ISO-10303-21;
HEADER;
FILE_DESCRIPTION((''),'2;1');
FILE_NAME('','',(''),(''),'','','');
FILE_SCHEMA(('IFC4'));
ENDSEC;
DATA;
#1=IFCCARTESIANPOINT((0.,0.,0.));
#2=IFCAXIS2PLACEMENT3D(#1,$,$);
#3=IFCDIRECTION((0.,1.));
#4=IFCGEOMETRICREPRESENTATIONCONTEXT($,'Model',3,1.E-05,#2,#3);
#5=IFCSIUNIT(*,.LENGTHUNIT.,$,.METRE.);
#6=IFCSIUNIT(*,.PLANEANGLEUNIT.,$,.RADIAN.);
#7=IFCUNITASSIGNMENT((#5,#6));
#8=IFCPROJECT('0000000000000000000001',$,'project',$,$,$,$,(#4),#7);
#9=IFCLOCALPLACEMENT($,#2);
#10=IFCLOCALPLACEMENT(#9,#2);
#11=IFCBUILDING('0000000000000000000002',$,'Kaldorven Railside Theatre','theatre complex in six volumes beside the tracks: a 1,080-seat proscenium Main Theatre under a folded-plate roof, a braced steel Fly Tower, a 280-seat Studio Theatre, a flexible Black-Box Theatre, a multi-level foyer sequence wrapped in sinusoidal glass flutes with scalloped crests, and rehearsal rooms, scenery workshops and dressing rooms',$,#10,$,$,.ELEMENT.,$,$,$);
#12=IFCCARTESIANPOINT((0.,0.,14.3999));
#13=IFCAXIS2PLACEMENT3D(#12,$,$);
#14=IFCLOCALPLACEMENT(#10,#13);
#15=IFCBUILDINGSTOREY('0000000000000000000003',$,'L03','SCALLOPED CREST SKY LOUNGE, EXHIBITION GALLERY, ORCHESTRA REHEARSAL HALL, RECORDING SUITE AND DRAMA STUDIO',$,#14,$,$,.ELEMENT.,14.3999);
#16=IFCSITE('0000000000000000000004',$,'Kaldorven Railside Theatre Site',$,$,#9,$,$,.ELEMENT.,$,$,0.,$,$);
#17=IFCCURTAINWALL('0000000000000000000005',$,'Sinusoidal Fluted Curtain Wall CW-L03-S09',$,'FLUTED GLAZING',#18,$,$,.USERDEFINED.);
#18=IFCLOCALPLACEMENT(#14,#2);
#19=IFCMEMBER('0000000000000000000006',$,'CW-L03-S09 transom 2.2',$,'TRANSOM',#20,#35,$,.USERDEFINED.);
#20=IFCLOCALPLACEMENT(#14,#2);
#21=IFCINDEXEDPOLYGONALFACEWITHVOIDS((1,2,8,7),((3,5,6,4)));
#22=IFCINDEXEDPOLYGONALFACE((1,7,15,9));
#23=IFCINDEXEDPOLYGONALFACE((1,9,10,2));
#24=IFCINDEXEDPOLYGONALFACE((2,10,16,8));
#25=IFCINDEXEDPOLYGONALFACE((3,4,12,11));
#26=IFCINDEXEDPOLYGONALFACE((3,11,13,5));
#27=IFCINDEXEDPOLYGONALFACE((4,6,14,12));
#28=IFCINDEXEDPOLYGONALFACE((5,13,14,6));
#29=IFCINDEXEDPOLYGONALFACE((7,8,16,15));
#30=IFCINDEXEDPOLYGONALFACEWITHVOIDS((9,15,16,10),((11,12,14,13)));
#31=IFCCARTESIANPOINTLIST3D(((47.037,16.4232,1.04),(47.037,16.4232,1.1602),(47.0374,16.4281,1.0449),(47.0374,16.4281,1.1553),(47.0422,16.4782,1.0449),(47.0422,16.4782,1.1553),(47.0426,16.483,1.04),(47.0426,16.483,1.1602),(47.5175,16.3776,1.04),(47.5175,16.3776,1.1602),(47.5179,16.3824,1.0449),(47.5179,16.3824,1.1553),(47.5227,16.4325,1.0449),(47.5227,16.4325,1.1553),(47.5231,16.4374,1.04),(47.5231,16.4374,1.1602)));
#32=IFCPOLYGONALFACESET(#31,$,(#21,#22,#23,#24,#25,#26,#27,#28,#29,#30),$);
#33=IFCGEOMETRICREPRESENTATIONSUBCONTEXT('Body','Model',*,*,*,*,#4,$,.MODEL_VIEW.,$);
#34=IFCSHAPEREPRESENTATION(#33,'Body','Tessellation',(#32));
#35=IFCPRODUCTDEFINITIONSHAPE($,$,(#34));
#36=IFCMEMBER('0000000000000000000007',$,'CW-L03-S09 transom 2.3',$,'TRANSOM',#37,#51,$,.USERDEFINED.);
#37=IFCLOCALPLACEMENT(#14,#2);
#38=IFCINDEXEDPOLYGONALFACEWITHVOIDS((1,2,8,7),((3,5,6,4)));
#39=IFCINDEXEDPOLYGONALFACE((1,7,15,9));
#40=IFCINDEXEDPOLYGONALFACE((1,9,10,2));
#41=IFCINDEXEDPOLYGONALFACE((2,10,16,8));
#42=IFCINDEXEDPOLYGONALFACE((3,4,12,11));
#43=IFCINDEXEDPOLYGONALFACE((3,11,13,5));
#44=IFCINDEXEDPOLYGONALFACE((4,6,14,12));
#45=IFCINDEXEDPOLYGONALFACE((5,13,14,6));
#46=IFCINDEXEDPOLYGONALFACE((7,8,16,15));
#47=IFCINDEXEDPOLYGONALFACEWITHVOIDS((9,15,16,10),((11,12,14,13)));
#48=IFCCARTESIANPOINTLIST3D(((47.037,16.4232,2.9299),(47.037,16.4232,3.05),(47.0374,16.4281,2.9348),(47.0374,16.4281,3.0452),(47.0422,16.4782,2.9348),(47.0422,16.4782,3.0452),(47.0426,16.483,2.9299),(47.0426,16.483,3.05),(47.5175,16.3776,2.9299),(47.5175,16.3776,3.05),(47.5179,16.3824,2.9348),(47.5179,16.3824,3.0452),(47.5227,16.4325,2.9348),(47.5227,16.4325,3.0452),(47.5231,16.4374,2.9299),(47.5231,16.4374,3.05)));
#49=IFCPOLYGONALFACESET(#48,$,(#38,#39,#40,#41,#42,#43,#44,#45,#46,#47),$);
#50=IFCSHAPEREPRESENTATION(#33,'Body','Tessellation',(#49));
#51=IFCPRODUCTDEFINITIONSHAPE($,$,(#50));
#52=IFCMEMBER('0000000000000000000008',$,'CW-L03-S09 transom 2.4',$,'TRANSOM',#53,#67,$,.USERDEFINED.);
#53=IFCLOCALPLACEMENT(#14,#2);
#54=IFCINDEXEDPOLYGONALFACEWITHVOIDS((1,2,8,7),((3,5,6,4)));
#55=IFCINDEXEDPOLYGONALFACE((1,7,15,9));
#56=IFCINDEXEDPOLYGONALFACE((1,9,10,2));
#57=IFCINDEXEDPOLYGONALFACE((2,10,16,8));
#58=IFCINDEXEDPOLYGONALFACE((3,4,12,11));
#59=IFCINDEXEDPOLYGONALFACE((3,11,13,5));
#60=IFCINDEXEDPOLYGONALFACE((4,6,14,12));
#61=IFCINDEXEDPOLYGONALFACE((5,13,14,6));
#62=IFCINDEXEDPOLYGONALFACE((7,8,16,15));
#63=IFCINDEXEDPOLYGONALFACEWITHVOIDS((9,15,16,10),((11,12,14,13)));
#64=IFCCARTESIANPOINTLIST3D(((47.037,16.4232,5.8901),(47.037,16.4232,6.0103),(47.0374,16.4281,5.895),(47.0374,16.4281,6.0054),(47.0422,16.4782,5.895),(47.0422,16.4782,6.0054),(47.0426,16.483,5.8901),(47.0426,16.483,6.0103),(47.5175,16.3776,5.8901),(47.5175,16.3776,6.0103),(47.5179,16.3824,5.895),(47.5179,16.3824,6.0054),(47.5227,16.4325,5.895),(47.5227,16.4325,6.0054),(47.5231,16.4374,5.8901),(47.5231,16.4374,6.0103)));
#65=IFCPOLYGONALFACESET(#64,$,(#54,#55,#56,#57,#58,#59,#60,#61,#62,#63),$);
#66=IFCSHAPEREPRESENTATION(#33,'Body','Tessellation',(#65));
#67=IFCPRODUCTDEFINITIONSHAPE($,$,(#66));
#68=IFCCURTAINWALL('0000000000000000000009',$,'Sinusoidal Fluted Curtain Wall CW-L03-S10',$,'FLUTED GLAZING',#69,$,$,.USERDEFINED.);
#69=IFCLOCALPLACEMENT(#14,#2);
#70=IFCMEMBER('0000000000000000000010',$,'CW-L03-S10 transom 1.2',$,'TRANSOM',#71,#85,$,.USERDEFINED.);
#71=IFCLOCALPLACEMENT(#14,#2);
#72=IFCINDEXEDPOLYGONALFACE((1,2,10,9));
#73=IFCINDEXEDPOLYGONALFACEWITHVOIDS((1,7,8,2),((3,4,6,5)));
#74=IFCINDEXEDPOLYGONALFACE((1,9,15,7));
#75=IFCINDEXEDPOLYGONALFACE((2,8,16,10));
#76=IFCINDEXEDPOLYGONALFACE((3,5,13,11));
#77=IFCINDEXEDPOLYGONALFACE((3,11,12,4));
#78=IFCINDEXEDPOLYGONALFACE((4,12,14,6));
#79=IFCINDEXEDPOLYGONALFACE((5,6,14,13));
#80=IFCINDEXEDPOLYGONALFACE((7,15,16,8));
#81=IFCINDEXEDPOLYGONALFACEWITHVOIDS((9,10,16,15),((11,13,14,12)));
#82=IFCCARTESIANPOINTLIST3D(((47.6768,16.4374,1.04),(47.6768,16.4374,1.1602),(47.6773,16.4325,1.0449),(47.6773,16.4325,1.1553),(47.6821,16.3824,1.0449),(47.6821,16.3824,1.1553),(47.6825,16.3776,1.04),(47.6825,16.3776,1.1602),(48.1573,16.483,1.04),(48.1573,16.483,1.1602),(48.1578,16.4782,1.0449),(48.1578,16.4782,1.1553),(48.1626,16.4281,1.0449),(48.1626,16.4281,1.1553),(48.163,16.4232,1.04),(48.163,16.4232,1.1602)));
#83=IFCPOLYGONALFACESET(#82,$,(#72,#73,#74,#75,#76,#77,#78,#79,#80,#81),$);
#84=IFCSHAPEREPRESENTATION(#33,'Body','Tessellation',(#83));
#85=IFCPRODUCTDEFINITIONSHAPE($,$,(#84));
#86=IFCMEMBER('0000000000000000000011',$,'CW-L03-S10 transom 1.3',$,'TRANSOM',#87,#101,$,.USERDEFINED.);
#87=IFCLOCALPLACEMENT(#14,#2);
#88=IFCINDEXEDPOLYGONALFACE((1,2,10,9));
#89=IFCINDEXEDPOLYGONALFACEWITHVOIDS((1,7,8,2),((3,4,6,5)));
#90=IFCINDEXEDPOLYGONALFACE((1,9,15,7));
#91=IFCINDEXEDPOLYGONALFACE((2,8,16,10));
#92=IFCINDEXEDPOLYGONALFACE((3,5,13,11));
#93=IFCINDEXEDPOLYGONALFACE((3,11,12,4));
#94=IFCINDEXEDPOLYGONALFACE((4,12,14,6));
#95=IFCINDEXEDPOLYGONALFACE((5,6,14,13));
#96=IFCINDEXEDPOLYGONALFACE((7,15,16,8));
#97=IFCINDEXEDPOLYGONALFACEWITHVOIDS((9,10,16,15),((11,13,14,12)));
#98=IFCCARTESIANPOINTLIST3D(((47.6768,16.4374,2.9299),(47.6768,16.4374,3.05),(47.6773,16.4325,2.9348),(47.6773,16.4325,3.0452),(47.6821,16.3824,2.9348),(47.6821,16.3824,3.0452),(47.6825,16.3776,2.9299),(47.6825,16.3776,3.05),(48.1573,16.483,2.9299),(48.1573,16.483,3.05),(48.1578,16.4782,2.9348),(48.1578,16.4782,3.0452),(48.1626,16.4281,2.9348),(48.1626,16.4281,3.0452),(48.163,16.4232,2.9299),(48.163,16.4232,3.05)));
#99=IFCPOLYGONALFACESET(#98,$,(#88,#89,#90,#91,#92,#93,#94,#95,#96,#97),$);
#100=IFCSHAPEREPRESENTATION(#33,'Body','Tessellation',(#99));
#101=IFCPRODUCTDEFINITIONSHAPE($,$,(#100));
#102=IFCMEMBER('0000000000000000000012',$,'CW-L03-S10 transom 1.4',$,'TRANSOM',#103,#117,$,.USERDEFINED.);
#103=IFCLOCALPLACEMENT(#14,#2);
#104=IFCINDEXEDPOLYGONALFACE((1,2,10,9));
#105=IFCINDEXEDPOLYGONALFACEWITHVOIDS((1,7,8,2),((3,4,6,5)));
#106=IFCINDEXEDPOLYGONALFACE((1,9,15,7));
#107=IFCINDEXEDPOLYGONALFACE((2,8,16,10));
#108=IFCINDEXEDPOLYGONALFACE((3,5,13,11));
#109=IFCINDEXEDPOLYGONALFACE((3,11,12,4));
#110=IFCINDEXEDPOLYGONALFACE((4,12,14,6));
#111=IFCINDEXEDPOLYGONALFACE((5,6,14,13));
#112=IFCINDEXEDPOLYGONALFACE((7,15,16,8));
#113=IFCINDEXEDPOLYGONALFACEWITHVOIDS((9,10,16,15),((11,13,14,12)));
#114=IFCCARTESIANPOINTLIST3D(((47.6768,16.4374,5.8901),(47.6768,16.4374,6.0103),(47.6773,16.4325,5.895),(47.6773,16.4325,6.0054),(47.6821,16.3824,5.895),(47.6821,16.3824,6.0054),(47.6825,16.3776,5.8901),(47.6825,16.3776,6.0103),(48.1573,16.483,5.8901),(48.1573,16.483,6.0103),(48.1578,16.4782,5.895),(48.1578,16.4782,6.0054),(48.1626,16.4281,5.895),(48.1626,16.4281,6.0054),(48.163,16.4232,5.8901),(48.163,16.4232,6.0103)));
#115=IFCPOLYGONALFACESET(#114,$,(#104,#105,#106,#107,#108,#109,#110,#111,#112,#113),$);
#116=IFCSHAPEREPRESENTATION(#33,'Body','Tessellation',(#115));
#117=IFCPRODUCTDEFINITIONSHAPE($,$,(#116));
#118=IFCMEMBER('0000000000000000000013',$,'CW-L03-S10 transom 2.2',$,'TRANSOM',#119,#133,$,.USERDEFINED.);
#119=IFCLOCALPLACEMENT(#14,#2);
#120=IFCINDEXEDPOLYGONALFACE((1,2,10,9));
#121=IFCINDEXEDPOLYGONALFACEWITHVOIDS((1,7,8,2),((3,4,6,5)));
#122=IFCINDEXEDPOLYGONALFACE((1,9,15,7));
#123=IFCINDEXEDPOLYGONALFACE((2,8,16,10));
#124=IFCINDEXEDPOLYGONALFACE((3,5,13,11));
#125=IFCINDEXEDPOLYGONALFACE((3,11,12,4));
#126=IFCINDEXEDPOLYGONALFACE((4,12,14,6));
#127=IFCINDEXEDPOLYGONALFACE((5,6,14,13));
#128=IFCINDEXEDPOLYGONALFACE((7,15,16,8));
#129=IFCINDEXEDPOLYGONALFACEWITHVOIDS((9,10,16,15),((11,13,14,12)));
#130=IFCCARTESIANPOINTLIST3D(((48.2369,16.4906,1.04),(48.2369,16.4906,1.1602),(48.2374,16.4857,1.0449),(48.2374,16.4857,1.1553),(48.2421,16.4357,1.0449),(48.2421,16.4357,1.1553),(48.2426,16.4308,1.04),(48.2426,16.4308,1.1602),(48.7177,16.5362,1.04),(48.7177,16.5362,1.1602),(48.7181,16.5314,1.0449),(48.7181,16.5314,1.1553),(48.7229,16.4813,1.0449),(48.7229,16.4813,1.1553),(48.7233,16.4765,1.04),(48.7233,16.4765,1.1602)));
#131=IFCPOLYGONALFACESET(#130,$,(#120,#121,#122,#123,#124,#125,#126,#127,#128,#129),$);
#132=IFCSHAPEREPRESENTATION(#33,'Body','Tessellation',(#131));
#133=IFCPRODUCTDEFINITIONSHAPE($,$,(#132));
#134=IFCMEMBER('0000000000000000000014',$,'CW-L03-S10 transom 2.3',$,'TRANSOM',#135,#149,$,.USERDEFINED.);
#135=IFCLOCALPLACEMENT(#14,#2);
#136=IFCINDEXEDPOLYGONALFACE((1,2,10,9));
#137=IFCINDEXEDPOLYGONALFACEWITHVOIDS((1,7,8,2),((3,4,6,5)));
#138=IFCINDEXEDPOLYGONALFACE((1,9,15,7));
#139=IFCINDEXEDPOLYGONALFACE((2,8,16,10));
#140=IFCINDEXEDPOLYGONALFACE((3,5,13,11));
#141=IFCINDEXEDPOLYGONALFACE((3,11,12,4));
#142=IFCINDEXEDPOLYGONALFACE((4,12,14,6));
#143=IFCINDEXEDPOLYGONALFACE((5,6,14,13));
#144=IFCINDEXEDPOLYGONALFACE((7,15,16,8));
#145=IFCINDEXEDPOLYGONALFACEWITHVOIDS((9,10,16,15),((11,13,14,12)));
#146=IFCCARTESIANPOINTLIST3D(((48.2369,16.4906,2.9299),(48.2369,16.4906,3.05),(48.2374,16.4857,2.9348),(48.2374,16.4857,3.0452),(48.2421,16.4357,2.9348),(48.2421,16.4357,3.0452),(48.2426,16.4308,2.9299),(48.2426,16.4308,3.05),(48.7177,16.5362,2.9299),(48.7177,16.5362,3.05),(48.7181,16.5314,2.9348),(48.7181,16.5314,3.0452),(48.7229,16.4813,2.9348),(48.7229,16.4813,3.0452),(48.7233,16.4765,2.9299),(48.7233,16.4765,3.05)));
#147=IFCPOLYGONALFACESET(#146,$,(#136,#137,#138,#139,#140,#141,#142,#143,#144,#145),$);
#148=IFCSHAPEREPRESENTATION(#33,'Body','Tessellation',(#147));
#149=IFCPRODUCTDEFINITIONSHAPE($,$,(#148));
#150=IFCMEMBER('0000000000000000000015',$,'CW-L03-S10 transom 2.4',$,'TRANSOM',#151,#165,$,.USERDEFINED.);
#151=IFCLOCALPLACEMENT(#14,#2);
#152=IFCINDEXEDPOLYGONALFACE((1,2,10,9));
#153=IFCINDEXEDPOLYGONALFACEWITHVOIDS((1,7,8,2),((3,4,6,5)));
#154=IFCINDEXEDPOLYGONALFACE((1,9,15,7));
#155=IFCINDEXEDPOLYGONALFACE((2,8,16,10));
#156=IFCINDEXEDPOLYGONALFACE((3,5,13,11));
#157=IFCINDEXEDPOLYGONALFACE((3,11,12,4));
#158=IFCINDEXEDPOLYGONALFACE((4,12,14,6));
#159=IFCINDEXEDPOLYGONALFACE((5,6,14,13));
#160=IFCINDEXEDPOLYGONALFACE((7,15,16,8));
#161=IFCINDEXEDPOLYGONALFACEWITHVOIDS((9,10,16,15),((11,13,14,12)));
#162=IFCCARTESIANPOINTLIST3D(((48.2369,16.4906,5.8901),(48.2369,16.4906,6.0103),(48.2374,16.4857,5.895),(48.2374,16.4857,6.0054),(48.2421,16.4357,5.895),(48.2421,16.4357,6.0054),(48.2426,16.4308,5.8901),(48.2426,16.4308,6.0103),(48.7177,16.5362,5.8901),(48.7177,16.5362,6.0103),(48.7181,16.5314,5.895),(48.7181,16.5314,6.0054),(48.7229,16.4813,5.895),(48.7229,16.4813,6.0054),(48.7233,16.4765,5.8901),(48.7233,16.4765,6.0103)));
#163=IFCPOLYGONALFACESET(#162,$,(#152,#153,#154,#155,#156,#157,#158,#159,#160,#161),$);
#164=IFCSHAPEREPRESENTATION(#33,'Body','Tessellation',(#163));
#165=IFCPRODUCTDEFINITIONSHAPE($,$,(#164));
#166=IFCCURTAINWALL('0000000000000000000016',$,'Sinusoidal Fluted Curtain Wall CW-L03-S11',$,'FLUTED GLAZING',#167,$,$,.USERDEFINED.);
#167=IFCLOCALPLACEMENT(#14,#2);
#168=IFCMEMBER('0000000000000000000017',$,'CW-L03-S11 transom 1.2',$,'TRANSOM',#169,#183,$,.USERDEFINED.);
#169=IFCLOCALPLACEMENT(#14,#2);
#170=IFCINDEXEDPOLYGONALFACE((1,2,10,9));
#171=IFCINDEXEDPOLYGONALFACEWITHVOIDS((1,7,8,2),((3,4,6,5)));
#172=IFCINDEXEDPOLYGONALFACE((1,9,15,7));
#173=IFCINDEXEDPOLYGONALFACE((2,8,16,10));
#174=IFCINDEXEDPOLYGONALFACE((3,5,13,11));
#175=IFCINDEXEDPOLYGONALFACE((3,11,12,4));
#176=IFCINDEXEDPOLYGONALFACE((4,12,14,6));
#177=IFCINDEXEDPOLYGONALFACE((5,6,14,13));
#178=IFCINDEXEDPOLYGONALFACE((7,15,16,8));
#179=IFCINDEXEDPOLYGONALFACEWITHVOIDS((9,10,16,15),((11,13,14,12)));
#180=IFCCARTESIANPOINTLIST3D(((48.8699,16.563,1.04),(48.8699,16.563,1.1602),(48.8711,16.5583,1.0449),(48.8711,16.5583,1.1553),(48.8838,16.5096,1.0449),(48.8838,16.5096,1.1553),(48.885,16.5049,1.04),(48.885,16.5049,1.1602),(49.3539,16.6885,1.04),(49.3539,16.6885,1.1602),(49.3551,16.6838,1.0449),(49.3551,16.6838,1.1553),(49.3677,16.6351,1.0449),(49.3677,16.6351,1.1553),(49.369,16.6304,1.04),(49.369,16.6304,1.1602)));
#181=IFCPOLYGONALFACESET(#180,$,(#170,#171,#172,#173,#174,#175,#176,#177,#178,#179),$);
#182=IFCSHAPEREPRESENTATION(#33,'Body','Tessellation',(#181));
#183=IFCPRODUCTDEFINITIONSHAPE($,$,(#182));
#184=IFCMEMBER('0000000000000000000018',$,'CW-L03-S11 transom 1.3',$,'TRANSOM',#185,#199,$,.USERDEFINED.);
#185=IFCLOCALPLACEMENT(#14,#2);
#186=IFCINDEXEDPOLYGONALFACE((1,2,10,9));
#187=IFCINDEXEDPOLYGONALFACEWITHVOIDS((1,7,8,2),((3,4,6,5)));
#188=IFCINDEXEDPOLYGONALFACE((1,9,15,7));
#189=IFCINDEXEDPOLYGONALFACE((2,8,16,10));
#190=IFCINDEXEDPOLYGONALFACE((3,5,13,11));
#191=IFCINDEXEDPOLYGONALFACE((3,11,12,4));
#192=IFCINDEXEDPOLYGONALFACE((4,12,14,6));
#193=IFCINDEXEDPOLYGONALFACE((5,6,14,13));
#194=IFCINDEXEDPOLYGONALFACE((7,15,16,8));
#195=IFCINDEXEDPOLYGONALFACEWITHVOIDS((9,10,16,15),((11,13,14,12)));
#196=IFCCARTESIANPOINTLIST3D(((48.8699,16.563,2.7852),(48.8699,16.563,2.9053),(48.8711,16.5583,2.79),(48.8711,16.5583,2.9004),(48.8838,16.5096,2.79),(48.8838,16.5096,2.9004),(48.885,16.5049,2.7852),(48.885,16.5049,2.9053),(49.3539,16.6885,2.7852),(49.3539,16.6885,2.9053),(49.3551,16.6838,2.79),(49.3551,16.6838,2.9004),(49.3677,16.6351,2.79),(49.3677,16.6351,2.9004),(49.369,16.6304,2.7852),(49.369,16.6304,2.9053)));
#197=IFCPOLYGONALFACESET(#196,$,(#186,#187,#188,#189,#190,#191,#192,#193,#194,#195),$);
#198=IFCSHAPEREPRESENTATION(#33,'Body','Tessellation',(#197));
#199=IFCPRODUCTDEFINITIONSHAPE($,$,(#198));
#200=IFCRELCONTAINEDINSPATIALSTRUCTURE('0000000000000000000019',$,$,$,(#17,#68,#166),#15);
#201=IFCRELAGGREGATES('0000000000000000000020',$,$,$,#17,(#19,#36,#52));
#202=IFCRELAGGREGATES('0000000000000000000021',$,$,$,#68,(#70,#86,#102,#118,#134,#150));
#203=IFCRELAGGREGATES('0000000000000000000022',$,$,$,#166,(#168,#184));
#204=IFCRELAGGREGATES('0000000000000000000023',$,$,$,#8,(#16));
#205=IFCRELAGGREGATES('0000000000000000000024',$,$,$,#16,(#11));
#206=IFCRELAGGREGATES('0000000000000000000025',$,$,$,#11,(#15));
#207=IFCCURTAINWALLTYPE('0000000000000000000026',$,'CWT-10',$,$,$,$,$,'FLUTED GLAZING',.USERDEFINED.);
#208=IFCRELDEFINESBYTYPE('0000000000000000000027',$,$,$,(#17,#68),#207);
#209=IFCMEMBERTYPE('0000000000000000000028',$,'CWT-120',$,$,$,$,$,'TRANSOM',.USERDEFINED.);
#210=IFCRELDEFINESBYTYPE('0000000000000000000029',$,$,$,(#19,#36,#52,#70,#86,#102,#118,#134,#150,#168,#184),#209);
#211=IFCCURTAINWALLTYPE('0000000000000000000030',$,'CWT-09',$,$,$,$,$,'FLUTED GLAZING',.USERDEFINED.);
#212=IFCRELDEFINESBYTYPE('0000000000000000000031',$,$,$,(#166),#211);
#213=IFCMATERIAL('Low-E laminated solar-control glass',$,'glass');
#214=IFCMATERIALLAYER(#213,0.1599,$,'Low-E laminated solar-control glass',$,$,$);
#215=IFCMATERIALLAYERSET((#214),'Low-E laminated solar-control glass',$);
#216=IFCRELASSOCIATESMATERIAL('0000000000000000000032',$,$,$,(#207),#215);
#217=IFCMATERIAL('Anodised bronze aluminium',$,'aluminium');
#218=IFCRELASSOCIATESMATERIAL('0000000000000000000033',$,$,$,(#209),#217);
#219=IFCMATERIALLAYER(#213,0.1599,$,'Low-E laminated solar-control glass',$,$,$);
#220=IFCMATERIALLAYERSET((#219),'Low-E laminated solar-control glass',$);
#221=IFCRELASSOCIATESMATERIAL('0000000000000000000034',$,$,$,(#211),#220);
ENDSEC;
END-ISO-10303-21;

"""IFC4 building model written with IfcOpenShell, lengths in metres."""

from ifc_helpers import new_model, si_unit, direction, frame, origin, origin_2d, place, context, subcontext, project, spatial, hollow_rectangle, extrude, material, layer, layer_set, material_profile, profile_set, type_object, element, aggregate, save


model = new_model("IFC4")

# Units and contexts
model_context = context("Model", 3, precision=1e-05, world=origin(), true_north=direction((0.0, 1.0)))
body_context = subcontext(model_context, "Body", "Model", "MODEL_VIEW")
ifc_project = project(units=[si_unit("LENGTHUNIT", "METRE"), si_unit("PLANEANGLEUNIT", "RADIAN")], contexts=[model_context])

# Site, building, storey
site_placement = place(None, origin())
site = spatial("IfcSite", under=ifc_project, at=site_placement, Name="Kaldorven Railside Theatre Site", CompositionType="ELEMENT", RefElevation=0.0)
building_placement = place(site_placement, origin())
building = spatial("IfcBuilding", under=site, at=building_placement, Name="Kaldorven Railside Theatre", Description="theatre complex in six volumes beside the tracks: a 1,080-seat proscenium Main Theatre under a folded-plate roof, a braced steel Fly Tower, a 280-seat Studio Theatre, a flexible Black-Box Theatre, a multi-level foyer sequence wrapped in sinusoidal glass flutes with scalloped crests, and rehearsal rooms, scenery workshops and dressing rooms", CompositionType="ELEMENT")
storey_placement = place(building_placement, frame((0.0, 0.0, 14.3999)))
storey = spatial("IfcBuildingStorey", under=building, at=storey_placement, Name="L03", Description="SCALLOPED CREST SKY LOUNGE, EXHIBITION GALLERY, ORCHESTRA REHEARSAL HALL, RECORDING SUITE AND DRAMA STUDIO", CompositionType="ELEMENT", Elevation=14.3999)

# Curtain walls, members
ifc_material_1 = material(Name="Low-E laminated solar-control glass", Category="glass")
ifc_layer_1 = layer(ifc_material_1, 0.1599, Name="Low-E laminated solar-control glass")
ifc_layer_set_1 = layer_set([ifc_layer_1], Name="Low-E laminated solar-control glass")
curtain_wall_type_1 = type_object("IfcCurtainWallType", Name="CWT-10", ElementType="FLUTED GLAZING", PredefinedType="USERDEFINED", material=ifc_layer_set_1)
curtain_wall_1_placement = place(storey_placement, origin())
curtain_wall_1 = element("IfcCurtainWall", 1, at=curtain_wall_1_placement, inside=storey, type_object=curtain_wall_type_1, Name="Sinusoidal Fluted Curtain Wall CW-L03-S09", ObjectType="FLUTED GLAZING", PredefinedType="USERDEFINED")
ifc_material_2 = material(Name="Anodised bronze aluminium", Category="aluminium")
ifc_material_profile = material_profile(ifc_material_2, hollow_rectangle(XDim=0.0601, YDim=0.1201, WallThickness=0.0049, at=origin_2d()), Name="RHS 120x60x5")
ifc_profile_set = profile_set([ifc_material_profile], Name="Anodised bronze aluminium")
member_type = type_object("IfcMemberType", Name="CWT-120", ElementType="TRANSOM", PredefinedType="USERDEFINED", material=ifc_profile_set)
member_1_placement = place(storey_placement, frame((47.0398, 16.4531, 1.1001), z_axis=(0.995516, -0.094594, 0.0), x_axis=(0.094594, 0.995516, 0.0)))
member_1 = element("IfcMember", 2, at=member_1_placement, type_object=member_type, Name="CW-L03-S09 transom 2.2", ObjectType="TRANSOM", PredefinedType="USERDEFINED", context=body_context, shape_type="SweptSolid", body=[
    extrude(hollow_rectangle(XDim=0.0601, YDim=0.1201, WallThickness=0.0049, at=origin_2d()), origin(), (0.0, 0.0, 1.0), 0.4827),
])
member_2_placement = place(storey_placement, frame((47.0398, 16.4531, 2.99), z_axis=(0.995516, -0.094594, 0.0), x_axis=(0.094594, 0.995516, 0.0)))
member_2 = element("IfcMember", 3, at=member_2_placement, type_object=member_type, Name="CW-L03-S09 transom 2.3", ObjectType="TRANSOM", PredefinedType="USERDEFINED", context=body_context, shape_type="SweptSolid", body=[
    extrude(hollow_rectangle(XDim=0.0601, YDim=0.1201, WallThickness=0.0049, at=origin_2d()), origin(), (0.0, 0.0, 1.0), 0.4827),
])
member_3_placement = place(storey_placement, frame((47.0398, 16.4531, 5.9502), z_axis=(0.995516, -0.094594, 0.0), x_axis=(0.094594, 0.995516, 0.0)))
member_3 = element("IfcMember", 4, at=member_3_placement, type_object=member_type, Name="CW-L03-S09 transom 2.4", ObjectType="TRANSOM", PredefinedType="USERDEFINED", context=body_context, shape_type="SweptSolid", body=[
    extrude(hollow_rectangle(XDim=0.0601, YDim=0.1201, WallThickness=0.0049, at=origin_2d()), origin(), (0.0, 0.0, 1.0), 0.4827),
])
curtain_wall_2_placement = place(storey_placement, origin())
curtain_wall_2 = element("IfcCurtainWall", 5, at=curtain_wall_2_placement, inside=storey, type_object=curtain_wall_type_1, Name="Sinusoidal Fluted Curtain Wall CW-L03-S10", ObjectType="FLUTED GLAZING", PredefinedType="USERDEFINED")
member_4_placement = place(storey_placement, frame((47.6797, 16.4075, 1.1001), z_axis=(0.995516, 0.094594, 0.0), x_axis=(-0.094594, 0.995516, 0.0)))
member_4 = element("IfcMember", 6, at=member_4_placement, type_object=member_type, Name="CW-L03-S10 transom 1.2", ObjectType="TRANSOM", PredefinedType="USERDEFINED", context=body_context, shape_type="SweptSolid", body=[
    extrude(hollow_rectangle(XDim=0.0601, YDim=0.1201, WallThickness=0.0049, at=origin_2d()), origin(), (0.0, 0.0, 1.0), 0.4827),
])
member_5_placement = place(storey_placement, frame((47.6797, 16.4075, 2.99), z_axis=(0.995516, 0.094594, 0.0), x_axis=(-0.094594, 0.995516, 0.0)))
member_5 = element("IfcMember", 7, at=member_5_placement, type_object=member_type, Name="CW-L03-S10 transom 1.3", ObjectType="TRANSOM", PredefinedType="USERDEFINED", context=body_context, shape_type="SweptSolid", body=[
    extrude(hollow_rectangle(XDim=0.0601, YDim=0.1201, WallThickness=0.0049, at=origin_2d()), origin(), (0.0, 0.0, 1.0), 0.4827),
])
member_6_placement = place(storey_placement, frame((47.6797, 16.4075, 5.9502), z_axis=(0.995516, 0.094594, 0.0), x_axis=(-0.094594, 0.995516, 0.0)))
member_6 = element("IfcMember", 8, at=member_6_placement, type_object=member_type, Name="CW-L03-S10 transom 1.4", ObjectType="TRANSOM", PredefinedType="USERDEFINED", context=body_context, shape_type="SweptSolid", body=[
    extrude(hollow_rectangle(XDim=0.0601, YDim=0.1201, WallThickness=0.0049, at=origin_2d()), origin(), (0.0, 0.0, 1.0), 0.4827),
])
member_7_placement = place(storey_placement, frame((48.2397, 16.4607, 1.1001), z_axis=(0.99552, 0.094547, 0.0), x_axis=(-0.094547, 0.99552, 0.0)))
member_7 = element("IfcMember", 9, at=member_7_placement, type_object=member_type, Name="CW-L03-S10 transom 2.2", ObjectType="TRANSOM", PredefinedType="USERDEFINED", context=body_context, shape_type="SweptSolid", body=[
    extrude(hollow_rectangle(XDim=0.0601, YDim=0.1201, WallThickness=0.0049, at=origin_2d()), origin(), (0.0, 0.0, 1.0), 0.4829),
])
member_8_placement = place(storey_placement, frame((48.2397, 16.4607, 2.99), z_axis=(0.99552, 0.094547, 0.0), x_axis=(-0.094547, 0.99552, 0.0)))
member_8 = element("IfcMember", 10, at=member_8_placement, type_object=member_type, Name="CW-L03-S10 transom 2.3", ObjectType="TRANSOM", PredefinedType="USERDEFINED", context=body_context, shape_type="SweptSolid", body=[
    extrude(hollow_rectangle(XDim=0.0601, YDim=0.1201, WallThickness=0.0049, at=origin_2d()), origin(), (0.0, 0.0, 1.0), 0.4829),
])
member_9_placement = place(storey_placement, frame((48.2397, 16.4607, 5.9502), z_axis=(0.99552, 0.094547, 0.0), x_axis=(-0.094547, 0.99552, 0.0)))
member_9 = element("IfcMember", 11, at=member_9_placement, type_object=member_type, Name="CW-L03-S10 transom 2.4", ObjectType="TRANSOM", PredefinedType="USERDEFINED", context=body_context, shape_type="SweptSolid", body=[
    extrude(hollow_rectangle(XDim=0.0601, YDim=0.1201, WallThickness=0.0049, at=origin_2d()), origin(), (0.0, 0.0, 1.0), 0.4829),
])
ifc_layer_2 = layer(ifc_material_1, 0.1599, Name="Low-E laminated solar-control glass")
ifc_layer_set_2 = layer_set([ifc_layer_2], Name="Low-E laminated solar-control glass")
curtain_wall_type_2 = type_object("IfcCurtainWallType", Name="CWT-09", ElementType="FLUTED GLAZING", PredefinedType="USERDEFINED", material=ifc_layer_set_2)
curtain_wall_3_placement = place(storey_placement, origin())
curtain_wall_3 = element("IfcCurtainWall", 12, at=curtain_wall_3_placement, inside=storey, type_object=curtain_wall_type_2, Name="Sinusoidal Fluted Curtain Wall CW-L03-S11", ObjectType="FLUTED GLAZING", PredefinedType="USERDEFINED")
member_10_placement = place(storey_placement, frame((48.8774, 16.5339, 1.1001), z_axis=(0.967979, 0.25103, 0.0), x_axis=(-0.25103, 0.967979, 0.0)))
member_10 = element("IfcMember", 13, at=member_10_placement, type_object=member_type, Name="CW-L03-S11 transom 1.2", ObjectType="TRANSOM", PredefinedType="USERDEFINED", context=body_context, shape_type="SweptSolid", body=[
    extrude(hollow_rectangle(XDim=0.0601, YDim=0.1201, WallThickness=0.0049, at=origin_2d()), origin(), (0.0, 0.0, 1.0), 0.5),
])
member_11_placement = place(storey_placement, frame((48.8774, 16.5339, 2.8452), z_axis=(0.967979, 0.25103, 0.0), x_axis=(-0.25103, 0.967979, 0.0)))
member_11 = element("IfcMember", 14, at=member_11_placement, type_object=member_type, Name="CW-L03-S11 transom 1.3", ObjectType="TRANSOM", PredefinedType="USERDEFINED", context=body_context, shape_type="SweptSolid", body=[
    extrude(hollow_rectangle(XDim=0.0601, YDim=0.1201, WallThickness=0.0049, at=origin_2d()), origin(), (0.0, 0.0, 1.0), 0.5),
])

aggregate(curtain_wall_1, [member_1, member_2, member_3])
aggregate(curtain_wall_2, [member_4, member_5, member_6, member_7, member_8, member_9])
aggregate(curtain_wall_3, [member_10, member_11])

save(model, "model.ifc")
